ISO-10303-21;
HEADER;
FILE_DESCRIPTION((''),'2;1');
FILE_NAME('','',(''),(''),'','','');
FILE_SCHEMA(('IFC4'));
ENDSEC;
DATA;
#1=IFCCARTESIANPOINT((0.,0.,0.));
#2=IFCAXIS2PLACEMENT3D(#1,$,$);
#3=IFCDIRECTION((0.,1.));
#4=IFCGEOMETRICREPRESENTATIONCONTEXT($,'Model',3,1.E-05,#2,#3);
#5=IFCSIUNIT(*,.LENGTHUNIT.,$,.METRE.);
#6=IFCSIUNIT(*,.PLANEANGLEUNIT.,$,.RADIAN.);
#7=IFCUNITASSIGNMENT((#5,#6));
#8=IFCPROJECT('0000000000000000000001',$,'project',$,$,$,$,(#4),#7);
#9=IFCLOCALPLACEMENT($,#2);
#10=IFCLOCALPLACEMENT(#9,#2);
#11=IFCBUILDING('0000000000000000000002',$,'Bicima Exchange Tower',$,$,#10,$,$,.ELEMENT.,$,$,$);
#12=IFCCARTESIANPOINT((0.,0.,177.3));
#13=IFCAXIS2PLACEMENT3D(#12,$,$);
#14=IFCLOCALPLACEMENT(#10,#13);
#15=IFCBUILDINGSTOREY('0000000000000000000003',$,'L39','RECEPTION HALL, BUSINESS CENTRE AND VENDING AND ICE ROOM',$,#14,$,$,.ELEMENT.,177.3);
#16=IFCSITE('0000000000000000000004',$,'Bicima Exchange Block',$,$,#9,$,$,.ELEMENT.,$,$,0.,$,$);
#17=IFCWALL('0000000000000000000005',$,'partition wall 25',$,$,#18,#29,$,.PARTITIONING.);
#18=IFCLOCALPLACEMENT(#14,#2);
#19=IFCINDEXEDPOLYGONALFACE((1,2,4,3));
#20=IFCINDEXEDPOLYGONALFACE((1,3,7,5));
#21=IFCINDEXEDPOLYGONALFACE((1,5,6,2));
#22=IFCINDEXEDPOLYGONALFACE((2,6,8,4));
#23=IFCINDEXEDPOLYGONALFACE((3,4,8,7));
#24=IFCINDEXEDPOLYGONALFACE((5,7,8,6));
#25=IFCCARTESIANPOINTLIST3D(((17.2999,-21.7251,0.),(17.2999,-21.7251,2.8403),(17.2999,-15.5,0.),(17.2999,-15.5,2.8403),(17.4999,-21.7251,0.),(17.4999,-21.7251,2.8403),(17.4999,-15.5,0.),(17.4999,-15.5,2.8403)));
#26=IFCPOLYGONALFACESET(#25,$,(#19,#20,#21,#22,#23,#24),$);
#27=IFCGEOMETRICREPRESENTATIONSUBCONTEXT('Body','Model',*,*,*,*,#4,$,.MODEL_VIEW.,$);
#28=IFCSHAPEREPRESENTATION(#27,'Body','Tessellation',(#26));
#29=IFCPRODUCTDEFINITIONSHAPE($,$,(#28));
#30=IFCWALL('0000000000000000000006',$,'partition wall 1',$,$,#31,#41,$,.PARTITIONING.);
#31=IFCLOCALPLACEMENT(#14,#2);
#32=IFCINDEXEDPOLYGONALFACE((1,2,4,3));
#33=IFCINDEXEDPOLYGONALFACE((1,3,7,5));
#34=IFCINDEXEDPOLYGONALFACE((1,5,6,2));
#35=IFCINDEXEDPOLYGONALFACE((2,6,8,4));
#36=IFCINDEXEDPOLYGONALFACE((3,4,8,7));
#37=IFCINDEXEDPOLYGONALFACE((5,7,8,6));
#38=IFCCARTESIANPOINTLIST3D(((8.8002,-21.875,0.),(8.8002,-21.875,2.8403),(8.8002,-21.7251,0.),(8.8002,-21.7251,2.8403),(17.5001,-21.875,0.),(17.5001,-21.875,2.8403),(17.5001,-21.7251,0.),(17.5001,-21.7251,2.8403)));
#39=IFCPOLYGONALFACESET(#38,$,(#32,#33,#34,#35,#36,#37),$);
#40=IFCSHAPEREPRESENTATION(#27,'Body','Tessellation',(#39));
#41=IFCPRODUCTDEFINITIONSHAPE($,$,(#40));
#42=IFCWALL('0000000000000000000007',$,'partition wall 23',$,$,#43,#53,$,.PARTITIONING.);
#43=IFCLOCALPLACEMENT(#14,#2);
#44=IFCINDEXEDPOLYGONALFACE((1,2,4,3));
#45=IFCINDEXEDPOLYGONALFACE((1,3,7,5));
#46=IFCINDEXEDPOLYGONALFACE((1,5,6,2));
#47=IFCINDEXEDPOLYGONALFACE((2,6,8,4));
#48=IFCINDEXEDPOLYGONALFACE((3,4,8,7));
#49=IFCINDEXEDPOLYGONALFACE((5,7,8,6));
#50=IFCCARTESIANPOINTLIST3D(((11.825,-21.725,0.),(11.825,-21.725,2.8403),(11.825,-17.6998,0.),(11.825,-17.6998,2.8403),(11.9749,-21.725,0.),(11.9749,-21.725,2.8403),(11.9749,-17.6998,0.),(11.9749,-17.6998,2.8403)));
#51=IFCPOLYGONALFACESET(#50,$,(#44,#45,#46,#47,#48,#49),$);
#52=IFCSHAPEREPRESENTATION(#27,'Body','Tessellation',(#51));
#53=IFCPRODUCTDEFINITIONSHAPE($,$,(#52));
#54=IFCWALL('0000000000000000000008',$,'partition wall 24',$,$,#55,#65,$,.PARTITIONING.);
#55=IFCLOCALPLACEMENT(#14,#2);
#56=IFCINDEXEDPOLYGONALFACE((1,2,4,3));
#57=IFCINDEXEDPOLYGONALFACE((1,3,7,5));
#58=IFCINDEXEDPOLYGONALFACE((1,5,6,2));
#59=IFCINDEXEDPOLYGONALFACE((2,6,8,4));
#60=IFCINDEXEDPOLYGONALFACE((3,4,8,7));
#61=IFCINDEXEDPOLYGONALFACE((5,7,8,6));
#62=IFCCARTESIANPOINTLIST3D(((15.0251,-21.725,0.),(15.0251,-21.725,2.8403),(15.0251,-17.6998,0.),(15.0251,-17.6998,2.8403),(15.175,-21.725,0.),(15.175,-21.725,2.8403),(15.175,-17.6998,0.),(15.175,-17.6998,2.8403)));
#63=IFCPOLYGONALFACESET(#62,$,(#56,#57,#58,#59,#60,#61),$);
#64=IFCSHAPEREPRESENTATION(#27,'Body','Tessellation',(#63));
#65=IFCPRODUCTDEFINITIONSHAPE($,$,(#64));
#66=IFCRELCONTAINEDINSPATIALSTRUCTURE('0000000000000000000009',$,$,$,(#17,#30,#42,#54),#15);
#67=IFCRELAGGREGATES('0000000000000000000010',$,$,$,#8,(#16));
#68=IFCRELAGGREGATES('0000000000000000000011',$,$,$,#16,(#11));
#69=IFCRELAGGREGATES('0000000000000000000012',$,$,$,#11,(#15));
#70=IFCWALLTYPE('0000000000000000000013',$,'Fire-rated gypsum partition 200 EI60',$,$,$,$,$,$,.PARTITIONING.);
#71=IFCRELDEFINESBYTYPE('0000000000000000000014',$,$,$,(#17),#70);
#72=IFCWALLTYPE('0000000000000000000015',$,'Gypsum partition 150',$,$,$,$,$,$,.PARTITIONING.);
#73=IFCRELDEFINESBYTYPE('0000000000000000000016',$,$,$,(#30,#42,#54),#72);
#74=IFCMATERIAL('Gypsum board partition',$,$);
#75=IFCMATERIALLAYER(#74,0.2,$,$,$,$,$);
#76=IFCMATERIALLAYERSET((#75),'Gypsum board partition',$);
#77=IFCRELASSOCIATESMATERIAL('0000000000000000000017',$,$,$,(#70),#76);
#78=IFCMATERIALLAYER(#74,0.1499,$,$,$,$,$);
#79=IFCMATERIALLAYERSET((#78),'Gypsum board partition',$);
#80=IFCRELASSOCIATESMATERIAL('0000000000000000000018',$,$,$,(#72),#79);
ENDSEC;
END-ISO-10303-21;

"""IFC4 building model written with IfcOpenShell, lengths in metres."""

from ifc_helpers import new_model, si_unit, direction, frame, frame_2d, origin, place, context, subcontext, project, spatial, rectangle, extrude, material, layer, layer_set, type_object, element, save


model = new_model("IFC4")

# Units and contexts
model_context = context("Model", 3, precision=1e-05, world=origin(), true_north=direction((0.0, 1.0)))
body_context = subcontext(model_context, "Body", "Model", "MODEL_VIEW")
ifc_project = project(units=[si_unit("LENGTHUNIT", "METRE"), si_unit("PLANEANGLEUNIT", "RADIAN")], contexts=[model_context])

# Site, building, storey
site_placement = place(None, origin())
site = spatial("IfcSite", under=ifc_project, at=site_placement, Name="Bicima Exchange Block", CompositionType="ELEMENT", RefElevation=0.0)
building_placement = place(site_placement, origin())
building = spatial("IfcBuilding", under=site, at=building_placement, Name="Bicima Exchange Tower", CompositionType="ELEMENT")
storey_placement = place(building_placement, frame((0.0, 0.0, 177.3)))
storey = spatial("IfcBuildingStorey", under=building, at=storey_placement, Name="L39", Description="RECEPTION HALL, BUSINESS CENTRE AND VENDING AND ICE ROOM", CompositionType="ELEMENT", Elevation=177.3)

# Shared definitions
ifc_material_1 = material(Name="Gypsum board partition")
ifc_layer_1 = layer(ifc_material_1, 0.2)
ifc_layer_set_1 = layer_set([ifc_layer_1], Name="Gypsum board partition")
wall_type_1 = type_object("IfcWallType", Name="Fire-rated gypsum partition 200 EI60", PredefinedType="PARTITIONING", material=ifc_layer_set_1)

# Walls
wall_1_placement = place(storey_placement, frame((17.3999, -21.7251, 0.0), z_axis=(0.0, 0.0, 1.0), x_axis=(0.0, 1.0, 0.0)))
element("IfcWall", 1, at=wall_1_placement, inside=storey, type_object=wall_type_1, Name="partition wall 25", PredefinedType="PARTITIONING", context=body_context, shape_type="SweptSolid", body=[
    extrude(rectangle(XDim=6.2251, YDim=0.2, at=frame_2d((3.1125, 0.0))), origin(), (0.0, 0.0, 1.0), 2.8403),
])
ifc_layer_2 = layer(ifc_material_1, 0.1499)
ifc_layer_set_2 = layer_set([ifc_layer_2], Name="Gypsum board partition")
wall_type_2 = type_object("IfcWallType", Name="Gypsum partition 150", PredefinedType="PARTITIONING", material=ifc_layer_set_2)
wall_2_placement = place(storey_placement, frame((8.8, -21.8, 0.0), z_axis=(0.0, 0.0, 1.0), x_axis=(1.0, 0.0, 0.0)))
element("IfcWall", 2, at=wall_2_placement, inside=storey, type_object=wall_type_2, Name="partition wall 1", PredefinedType="PARTITIONING", context=body_context, shape_type="SweptSolid", body=[
    extrude(rectangle(XDim=8.7, YDim=0.1499, at=frame_2d((4.3501, 0.0))), origin(), (0.0, 0.0, 1.0), 2.8403),
])
for number, where, z_axis, x_axis, name in (
    (3, (11.8999, -21.7251, 0.0), (0.0, 0.0, 1.0), (0.0, 1.0, 0.0), "partition wall 23"),
    (4, (15.1001, -21.7251, 0.0), (0.0, 0.0, 1.0), (0.0, 1.0, 0.0), "partition wall 24"),
):
    element("IfcWall", number, at=place(storey_placement, frame(where, z_axis=z_axis, x_axis=x_axis)), inside=storey, type_object=wall_type_2, Name=name, PredefinedType="PARTITIONING", context=body_context, shape_type="SweptSolid", body=[
        extrude(rectangle(XDim=4.0251, YDim=0.1499, at=frame_2d((2.0127, 0.0))), origin(), (0.0, 0.0, 1.0), 2.8403),
    ])

save(model, "model.ifc")
